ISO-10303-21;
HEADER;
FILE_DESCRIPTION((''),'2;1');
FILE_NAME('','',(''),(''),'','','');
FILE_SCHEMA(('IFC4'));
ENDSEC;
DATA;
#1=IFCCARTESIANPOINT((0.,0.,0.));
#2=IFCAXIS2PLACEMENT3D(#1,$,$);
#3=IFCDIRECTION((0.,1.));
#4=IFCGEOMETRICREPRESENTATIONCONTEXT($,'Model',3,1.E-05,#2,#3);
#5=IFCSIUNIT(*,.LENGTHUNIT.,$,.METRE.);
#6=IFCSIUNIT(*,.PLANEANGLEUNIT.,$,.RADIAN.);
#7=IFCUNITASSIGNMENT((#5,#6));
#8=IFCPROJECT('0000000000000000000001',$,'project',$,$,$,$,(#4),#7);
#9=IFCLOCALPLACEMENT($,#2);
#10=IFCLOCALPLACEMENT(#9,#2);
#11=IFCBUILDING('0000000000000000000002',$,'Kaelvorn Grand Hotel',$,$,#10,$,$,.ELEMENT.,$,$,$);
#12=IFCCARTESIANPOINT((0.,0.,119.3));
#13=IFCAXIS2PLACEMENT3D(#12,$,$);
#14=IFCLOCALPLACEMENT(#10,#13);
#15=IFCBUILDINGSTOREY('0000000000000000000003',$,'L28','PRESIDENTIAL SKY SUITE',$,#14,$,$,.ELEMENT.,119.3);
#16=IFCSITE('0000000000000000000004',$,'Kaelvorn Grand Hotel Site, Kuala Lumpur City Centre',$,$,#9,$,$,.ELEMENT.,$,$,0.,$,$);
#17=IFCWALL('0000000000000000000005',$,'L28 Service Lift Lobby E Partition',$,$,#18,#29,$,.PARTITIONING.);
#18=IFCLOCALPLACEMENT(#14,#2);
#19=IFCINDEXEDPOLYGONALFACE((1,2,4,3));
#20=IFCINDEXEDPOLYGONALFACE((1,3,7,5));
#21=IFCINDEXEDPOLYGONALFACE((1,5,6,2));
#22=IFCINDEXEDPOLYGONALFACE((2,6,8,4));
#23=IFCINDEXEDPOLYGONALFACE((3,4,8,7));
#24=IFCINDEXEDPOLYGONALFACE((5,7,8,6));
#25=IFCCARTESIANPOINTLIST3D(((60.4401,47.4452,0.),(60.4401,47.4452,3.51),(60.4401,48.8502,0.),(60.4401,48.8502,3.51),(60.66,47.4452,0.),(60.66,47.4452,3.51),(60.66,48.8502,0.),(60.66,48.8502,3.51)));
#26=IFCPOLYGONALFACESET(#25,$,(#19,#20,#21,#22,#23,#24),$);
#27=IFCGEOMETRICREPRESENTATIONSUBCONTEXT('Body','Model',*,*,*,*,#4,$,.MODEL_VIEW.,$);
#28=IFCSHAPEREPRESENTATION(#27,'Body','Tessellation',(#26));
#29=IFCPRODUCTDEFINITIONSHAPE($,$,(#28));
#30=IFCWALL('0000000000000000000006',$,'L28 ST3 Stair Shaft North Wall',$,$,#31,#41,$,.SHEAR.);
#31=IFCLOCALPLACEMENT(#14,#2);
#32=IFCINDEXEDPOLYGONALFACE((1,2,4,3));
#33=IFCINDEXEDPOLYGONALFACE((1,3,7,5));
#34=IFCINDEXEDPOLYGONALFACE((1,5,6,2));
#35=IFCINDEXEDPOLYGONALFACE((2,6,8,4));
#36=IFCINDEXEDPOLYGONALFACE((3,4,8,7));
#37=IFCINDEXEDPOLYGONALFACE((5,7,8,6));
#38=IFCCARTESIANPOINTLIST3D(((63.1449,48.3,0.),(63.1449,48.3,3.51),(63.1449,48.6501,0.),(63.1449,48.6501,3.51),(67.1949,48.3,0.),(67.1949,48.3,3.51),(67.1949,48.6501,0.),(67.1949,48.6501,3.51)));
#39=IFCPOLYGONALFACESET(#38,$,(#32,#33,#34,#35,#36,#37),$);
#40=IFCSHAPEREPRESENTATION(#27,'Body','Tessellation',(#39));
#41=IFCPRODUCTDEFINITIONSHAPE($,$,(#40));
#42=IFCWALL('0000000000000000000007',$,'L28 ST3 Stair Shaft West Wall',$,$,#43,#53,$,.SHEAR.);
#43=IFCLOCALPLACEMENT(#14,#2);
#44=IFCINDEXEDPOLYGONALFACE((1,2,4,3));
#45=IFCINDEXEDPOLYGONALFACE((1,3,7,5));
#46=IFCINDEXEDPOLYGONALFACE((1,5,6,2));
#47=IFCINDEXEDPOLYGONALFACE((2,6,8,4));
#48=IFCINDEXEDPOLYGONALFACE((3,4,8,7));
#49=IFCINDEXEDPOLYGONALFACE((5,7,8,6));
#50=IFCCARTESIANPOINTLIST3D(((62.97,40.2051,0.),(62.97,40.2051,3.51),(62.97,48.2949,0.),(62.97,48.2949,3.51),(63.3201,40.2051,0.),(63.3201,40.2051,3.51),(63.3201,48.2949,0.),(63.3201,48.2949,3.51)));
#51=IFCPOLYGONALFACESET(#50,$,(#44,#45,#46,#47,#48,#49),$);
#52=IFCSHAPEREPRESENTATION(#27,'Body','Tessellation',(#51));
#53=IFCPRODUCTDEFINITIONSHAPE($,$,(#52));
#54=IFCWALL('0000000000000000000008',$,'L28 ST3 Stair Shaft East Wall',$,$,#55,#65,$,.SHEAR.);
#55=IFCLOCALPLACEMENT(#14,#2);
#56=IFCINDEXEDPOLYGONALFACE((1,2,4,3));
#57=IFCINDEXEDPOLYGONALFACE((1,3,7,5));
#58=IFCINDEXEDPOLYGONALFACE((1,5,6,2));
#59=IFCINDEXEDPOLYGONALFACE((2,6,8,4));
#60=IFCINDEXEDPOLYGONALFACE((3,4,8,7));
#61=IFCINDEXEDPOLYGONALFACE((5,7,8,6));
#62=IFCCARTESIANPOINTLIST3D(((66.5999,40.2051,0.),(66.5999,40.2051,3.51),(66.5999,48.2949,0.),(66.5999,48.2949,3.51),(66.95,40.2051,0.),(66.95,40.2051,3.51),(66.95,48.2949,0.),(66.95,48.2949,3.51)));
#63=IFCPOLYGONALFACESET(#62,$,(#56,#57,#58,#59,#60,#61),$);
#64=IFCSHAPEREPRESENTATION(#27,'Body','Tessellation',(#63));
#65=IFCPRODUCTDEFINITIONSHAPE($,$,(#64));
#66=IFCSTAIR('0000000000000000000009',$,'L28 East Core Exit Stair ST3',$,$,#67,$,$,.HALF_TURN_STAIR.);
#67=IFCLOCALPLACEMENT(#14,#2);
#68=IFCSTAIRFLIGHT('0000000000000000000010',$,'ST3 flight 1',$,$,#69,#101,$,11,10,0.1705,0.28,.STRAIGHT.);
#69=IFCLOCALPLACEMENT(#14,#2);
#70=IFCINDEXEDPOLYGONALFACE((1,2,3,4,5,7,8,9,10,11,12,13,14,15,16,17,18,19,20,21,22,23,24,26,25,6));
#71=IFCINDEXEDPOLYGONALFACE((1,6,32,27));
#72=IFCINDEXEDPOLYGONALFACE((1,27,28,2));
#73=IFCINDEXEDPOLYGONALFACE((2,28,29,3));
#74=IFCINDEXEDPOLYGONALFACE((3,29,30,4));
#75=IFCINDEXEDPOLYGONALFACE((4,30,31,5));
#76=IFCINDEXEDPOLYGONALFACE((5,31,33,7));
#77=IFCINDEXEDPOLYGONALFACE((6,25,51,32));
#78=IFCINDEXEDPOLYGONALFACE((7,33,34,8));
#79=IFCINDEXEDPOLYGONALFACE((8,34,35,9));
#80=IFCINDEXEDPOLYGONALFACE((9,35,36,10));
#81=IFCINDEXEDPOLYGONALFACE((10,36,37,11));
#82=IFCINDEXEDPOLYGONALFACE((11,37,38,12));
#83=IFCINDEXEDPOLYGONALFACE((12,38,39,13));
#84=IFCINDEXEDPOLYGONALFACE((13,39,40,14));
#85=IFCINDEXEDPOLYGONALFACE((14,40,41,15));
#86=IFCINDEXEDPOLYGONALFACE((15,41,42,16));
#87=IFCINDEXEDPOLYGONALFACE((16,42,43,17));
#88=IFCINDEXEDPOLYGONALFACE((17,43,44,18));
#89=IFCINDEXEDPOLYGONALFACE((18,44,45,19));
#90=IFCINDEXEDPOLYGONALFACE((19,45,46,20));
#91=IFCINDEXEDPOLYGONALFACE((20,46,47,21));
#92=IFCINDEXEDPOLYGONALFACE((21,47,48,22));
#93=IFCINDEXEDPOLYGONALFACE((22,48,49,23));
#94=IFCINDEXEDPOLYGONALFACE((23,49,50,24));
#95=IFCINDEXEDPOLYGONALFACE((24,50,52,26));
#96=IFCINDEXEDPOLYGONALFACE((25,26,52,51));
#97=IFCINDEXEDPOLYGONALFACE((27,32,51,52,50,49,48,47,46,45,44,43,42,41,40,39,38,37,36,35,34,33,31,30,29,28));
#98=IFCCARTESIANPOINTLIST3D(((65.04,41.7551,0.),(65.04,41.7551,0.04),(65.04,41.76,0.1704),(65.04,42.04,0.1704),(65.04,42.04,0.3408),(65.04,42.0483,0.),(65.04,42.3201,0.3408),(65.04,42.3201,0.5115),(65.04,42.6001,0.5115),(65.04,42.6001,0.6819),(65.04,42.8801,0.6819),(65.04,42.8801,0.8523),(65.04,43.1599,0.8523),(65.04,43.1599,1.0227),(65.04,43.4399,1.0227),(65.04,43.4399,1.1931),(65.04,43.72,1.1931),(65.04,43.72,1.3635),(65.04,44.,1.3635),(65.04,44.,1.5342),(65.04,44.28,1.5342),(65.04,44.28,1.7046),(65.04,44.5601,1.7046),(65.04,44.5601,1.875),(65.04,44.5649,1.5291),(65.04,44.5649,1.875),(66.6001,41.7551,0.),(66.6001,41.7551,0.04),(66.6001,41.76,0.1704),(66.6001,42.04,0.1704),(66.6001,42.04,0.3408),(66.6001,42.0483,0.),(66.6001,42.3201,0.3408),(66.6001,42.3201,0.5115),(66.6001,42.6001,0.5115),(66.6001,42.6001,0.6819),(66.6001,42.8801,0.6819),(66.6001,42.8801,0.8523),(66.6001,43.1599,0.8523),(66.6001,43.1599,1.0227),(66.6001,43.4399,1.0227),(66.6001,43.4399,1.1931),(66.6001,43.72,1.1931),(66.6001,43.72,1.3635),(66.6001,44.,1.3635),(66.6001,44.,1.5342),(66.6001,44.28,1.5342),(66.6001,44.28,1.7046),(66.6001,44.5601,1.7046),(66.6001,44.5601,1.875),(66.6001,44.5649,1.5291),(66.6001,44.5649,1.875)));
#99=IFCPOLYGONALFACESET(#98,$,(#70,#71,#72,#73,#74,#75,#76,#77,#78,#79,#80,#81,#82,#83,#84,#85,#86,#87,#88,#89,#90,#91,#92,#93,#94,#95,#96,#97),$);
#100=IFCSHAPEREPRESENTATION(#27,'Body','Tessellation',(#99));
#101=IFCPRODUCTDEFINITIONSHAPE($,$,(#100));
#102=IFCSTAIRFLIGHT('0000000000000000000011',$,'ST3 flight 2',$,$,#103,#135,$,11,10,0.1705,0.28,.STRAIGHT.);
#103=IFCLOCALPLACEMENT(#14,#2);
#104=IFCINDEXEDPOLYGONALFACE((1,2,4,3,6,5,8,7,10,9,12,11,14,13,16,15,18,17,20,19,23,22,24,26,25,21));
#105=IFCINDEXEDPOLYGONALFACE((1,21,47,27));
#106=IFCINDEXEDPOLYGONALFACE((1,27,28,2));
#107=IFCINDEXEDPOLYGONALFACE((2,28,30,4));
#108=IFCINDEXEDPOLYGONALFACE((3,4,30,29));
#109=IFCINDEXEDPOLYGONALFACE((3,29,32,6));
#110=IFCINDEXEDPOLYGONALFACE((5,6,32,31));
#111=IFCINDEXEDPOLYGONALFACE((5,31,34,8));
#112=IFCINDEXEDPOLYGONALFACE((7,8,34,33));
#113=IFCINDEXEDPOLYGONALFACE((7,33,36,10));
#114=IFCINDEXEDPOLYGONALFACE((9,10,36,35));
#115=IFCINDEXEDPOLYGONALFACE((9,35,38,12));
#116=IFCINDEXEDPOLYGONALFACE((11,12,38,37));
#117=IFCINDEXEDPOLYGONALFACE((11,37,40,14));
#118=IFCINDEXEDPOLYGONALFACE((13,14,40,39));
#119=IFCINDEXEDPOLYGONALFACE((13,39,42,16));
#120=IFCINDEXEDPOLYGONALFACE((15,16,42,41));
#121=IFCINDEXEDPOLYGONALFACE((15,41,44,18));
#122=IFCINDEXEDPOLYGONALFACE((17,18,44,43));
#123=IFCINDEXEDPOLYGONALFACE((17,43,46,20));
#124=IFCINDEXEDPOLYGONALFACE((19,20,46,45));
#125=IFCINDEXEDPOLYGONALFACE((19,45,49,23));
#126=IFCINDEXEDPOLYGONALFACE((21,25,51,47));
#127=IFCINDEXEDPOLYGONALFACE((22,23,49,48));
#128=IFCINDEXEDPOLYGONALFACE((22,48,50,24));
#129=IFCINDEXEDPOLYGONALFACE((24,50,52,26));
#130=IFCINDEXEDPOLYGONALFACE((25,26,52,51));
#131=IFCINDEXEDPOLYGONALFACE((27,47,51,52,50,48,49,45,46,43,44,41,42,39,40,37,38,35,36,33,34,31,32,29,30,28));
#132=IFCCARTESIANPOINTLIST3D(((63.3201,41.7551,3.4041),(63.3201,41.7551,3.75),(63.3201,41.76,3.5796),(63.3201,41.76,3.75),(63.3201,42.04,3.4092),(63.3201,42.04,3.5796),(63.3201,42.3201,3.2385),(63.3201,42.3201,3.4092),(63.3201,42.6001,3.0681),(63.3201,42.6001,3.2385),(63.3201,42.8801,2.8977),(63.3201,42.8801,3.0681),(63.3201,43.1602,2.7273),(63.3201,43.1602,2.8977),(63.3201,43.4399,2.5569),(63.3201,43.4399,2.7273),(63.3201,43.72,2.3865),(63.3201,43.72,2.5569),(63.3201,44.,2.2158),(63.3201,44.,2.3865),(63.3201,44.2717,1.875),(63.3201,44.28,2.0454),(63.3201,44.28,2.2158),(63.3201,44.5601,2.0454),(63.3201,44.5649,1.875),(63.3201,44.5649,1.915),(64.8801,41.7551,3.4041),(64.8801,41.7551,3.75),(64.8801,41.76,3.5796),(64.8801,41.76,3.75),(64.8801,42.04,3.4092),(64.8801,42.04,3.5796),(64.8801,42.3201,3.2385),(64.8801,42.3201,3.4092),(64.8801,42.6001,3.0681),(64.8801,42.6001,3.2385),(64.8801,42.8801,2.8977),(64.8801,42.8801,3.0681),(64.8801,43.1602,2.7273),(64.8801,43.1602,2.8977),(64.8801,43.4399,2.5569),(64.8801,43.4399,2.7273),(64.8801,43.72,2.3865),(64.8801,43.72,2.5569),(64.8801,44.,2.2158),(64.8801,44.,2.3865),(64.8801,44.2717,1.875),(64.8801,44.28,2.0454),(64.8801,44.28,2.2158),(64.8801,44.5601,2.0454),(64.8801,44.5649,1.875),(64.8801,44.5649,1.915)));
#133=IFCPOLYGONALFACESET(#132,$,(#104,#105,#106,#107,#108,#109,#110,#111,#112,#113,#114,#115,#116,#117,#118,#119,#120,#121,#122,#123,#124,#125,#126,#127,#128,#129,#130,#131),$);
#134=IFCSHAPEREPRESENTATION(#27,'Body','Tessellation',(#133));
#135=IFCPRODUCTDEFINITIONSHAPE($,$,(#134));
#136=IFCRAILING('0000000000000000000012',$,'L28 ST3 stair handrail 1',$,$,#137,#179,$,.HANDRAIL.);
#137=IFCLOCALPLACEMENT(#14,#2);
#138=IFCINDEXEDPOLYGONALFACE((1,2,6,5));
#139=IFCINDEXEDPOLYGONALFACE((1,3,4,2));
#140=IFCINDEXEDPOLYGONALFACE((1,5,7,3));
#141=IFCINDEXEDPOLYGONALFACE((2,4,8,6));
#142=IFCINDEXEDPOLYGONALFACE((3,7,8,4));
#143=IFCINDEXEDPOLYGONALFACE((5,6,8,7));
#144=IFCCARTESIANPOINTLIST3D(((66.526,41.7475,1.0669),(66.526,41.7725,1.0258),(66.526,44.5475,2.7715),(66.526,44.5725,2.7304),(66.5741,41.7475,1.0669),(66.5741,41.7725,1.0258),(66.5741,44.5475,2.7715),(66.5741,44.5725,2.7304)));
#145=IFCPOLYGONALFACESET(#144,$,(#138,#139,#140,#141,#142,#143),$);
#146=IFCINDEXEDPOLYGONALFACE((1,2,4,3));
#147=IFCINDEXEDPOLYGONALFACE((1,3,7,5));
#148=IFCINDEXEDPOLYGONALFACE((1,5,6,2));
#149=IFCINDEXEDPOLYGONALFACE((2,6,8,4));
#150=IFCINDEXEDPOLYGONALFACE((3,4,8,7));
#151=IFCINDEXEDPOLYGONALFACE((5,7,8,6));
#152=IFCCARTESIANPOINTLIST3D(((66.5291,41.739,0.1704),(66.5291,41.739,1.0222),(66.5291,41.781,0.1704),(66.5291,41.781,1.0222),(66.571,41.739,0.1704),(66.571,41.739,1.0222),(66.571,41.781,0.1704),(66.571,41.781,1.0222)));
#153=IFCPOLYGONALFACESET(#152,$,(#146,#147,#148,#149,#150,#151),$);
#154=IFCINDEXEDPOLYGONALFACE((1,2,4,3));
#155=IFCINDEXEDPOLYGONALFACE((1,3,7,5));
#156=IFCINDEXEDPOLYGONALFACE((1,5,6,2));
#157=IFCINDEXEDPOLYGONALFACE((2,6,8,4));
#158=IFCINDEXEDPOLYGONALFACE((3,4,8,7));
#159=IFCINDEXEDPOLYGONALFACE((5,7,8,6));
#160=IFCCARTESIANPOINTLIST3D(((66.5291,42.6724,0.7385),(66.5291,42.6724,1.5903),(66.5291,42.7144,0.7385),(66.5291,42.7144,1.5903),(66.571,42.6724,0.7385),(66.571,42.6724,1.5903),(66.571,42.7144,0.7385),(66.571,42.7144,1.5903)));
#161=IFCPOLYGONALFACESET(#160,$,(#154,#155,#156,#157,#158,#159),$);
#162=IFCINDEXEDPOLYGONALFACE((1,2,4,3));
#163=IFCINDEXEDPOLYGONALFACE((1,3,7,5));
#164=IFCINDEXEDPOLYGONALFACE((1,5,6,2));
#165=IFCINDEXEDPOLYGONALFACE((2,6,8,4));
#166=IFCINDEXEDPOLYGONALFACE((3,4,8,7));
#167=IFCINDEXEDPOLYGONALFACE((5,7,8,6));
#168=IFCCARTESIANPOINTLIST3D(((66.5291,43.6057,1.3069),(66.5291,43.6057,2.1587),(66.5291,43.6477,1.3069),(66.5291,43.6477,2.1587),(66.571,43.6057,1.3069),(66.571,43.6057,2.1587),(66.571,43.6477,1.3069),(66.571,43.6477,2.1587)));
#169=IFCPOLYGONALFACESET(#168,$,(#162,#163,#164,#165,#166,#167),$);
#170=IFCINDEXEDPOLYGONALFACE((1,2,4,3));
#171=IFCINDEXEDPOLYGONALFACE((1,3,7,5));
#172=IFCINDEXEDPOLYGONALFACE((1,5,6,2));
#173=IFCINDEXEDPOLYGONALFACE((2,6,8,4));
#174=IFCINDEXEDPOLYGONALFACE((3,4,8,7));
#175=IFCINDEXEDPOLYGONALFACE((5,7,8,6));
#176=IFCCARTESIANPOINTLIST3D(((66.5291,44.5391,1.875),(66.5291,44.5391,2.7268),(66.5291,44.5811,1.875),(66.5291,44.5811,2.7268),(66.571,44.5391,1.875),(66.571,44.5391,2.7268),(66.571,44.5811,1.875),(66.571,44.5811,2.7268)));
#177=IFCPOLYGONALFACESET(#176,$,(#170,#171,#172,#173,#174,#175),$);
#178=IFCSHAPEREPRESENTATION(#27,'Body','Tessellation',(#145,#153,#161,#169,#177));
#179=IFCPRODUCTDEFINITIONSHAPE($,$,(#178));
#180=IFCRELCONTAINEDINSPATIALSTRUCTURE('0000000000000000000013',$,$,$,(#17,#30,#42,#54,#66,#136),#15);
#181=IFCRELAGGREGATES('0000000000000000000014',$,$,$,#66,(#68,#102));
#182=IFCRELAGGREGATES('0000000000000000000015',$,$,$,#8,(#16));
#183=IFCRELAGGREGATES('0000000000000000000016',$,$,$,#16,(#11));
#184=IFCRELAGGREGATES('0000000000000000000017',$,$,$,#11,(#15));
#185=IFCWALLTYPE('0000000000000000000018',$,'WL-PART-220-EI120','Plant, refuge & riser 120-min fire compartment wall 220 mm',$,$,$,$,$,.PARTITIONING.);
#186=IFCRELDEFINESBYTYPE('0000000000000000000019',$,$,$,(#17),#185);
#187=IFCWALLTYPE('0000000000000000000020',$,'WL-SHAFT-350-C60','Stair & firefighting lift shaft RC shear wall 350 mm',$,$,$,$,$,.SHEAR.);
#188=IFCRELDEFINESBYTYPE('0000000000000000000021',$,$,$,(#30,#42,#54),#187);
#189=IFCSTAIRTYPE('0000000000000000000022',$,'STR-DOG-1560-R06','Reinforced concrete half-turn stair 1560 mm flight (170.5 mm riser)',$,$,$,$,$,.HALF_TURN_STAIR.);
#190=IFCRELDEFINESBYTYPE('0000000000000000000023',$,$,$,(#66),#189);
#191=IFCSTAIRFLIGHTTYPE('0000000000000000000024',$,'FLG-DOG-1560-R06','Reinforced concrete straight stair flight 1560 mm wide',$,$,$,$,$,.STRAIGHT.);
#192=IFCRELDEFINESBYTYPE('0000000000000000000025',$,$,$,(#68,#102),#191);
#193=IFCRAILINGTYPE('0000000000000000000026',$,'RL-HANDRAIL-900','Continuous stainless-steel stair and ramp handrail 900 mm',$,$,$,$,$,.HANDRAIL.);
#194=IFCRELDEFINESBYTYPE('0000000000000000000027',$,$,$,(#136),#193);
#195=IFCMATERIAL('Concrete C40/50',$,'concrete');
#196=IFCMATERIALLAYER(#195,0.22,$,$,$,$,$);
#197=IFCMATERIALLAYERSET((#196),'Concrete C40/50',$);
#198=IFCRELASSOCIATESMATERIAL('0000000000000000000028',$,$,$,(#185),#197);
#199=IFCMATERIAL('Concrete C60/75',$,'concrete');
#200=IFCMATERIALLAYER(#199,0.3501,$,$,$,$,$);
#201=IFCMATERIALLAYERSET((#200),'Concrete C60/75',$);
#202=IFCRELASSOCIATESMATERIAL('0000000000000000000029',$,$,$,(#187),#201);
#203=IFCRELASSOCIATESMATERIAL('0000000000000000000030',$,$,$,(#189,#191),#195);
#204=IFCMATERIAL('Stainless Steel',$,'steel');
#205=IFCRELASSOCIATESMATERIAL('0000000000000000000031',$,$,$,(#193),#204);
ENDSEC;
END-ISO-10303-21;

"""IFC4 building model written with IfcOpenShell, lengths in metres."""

from ifc_helpers import new_model, si_unit, direction, frame, frame_2d, origin, origin_2d, place, context, subcontext, project, spatial, polyline, rectangle, outline, extrude, material, layer, layer_set, type_object, element, aggregate, save


model = new_model("IFC4")

# Units and contexts
model_context = context("Model", 3, precision=1e-05, world=origin(), true_north=direction((0.0, 1.0)))
body_context = subcontext(model_context, "Body", "Model", "MODEL_VIEW")
ifc_project = project(units=[si_unit("LENGTHUNIT", "METRE"), si_unit("PLANEANGLEUNIT", "RADIAN")], contexts=[model_context])

# Site, building, storey
site_placement = place(None, origin())
site = spatial("IfcSite", under=ifc_project, at=site_placement, Name="Kaelvorn Grand Hotel Site, Kuala Lumpur City Centre", CompositionType="ELEMENT", RefElevation=0.0)
building_placement = place(site_placement, origin())
building = spatial("IfcBuilding", under=site, at=building_placement, Name="Kaelvorn Grand Hotel", CompositionType="ELEMENT")
storey_placement = place(building_placement, frame((0.0, 0.0, 119.3)))
storey = spatial("IfcBuildingStorey", under=building, at=storey_placement, Name="L28", Description="PRESIDENTIAL SKY SUITE", CompositionType="ELEMENT", Elevation=119.3)

# Shared definitions
ifc_material_1 = material(Name="Concrete C60/75", Category="concrete")

# Wall
ifc_material_2 = material(Name="Concrete C40/50", Category="concrete")
ifc_layer_1 = layer(ifc_material_2, 0.22)
ifc_layer_set_1 = layer_set([ifc_layer_1], Name="Concrete C40/50")
wall_type_1 = type_object("IfcWallType", Name="WL-PART-220-EI120", Description="Plant, refuge & riser 120-min fire compartment wall 220 mm", PredefinedType="PARTITIONING", material=ifc_layer_set_1)
wall_1_placement = place(storey_placement, frame((60.55, 47.4451, 0.0), z_axis=(0.0, 0.0, 1.0), x_axis=(0.0, 1.0, 0.0)))
element("IfcWall", 1, at=wall_1_placement, inside=storey, type_object=wall_type_1, Name="L28 Service Lift Lobby E Partition", PredefinedType="PARTITIONING", context=body_context, shape_type="SweptSolid", body=[
    extrude(rectangle(XDim=1.405, YDim=0.22, at=frame_2d((0.7026, 0.0))), origin(), (0.0, 0.0, 1.0), 3.51),
])

# Shared definitions
ifc_layer_2 = layer(ifc_material_1, 0.3501)
ifc_layer_set_2 = layer_set([ifc_layer_2], Name="Concrete C60/75")
wall_type_2 = type_object("IfcWallType", Name="WL-SHAFT-350-C60", Description="Stair & firefighting lift shaft RC shear wall 350 mm", PredefinedType="SHEAR", material=ifc_layer_set_2)

# Walls
wall_2_placement = place(storey_placement, frame((63.145, 48.4751, 0.0), z_axis=(0.0, 0.0, 1.0), x_axis=(1.0, 0.0, 0.0)))
element("IfcWall", 2, at=wall_2_placement, inside=storey, type_object=wall_type_2, Name="L28 ST3 Stair Shaft North Wall", PredefinedType="SHEAR", context=body_context, shape_type="SweptSolid", body=[
    extrude(rectangle(XDim=4.05, YDim=0.3501, at=frame_2d((2.0249, 0.0))), origin(), (0.0, 0.0, 1.0), 3.51),
])
for number, where, z_axis, x_axis, name in (
    (3, (63.145, 40.2051, 0.0), (0.0, 0.0, 1.0), (0.0, 1.0, 0.0), "L28 ST3 Stair Shaft West Wall"),
    (4, (66.7749, 40.2051, 0.0), (0.0, 0.0, 1.0), (0.0, 1.0, 0.0), "L28 ST3 Stair Shaft East Wall"),
):
    element("IfcWall", number, at=place(storey_placement, frame(where, z_axis=z_axis, x_axis=x_axis)), inside=storey, type_object=wall_type_2, Name=name, PredefinedType="SHEAR", context=body_context, shape_type="SweptSolid", body=[
        extrude(rectangle(XDim=8.0898, YDim=0.3501, at=frame_2d((4.0449, 0.0))), origin(), (0.0, 0.0, 1.0), 3.51),
    ])

# Stair, stair flights
stair_type = type_object("IfcStairType", Name="STR-DOG-1560-R06", Description="Reinforced concrete half-turn stair 1560 mm flight (170.5 mm riser)", PredefinedType="HALF_TURN_STAIR", material=ifc_material_2)
stair_placement = place(storey_placement, origin())
stair = element("IfcStair", 5, at=stair_placement, inside=storey, type_object=stair_type, Name="L28 East Core Exit Stair ST3", PredefinedType="HALF_TURN_STAIR")
stair_flight_type = type_object("IfcStairFlightType", Name="FLG-DOG-1560-R06", Description="Reinforced concrete straight stair flight 1560 mm wide", PredefinedType="STRAIGHT", material=ifc_material_2)
stair_flight_1_placement = place(storey_placement, frame((65.8201, 41.76, 0.0), z_axis=(0.0, 0.0, 1.0), x_axis=(0.0, 1.0, 0.0)))
stair_flight_1 = element("IfcStairFlight", 6, at=stair_flight_1_placement, type_object=stair_flight_type, Name="ST3 flight 1", NumberOfRisers=11, NumberOfTreads=10, PredefinedType="STRAIGHT", RiserHeight=0.1705, TreadLength=0.28, context=body_context, shape_type="SweptSolid", body=[
    extrude(outline(polyline([(-0.0049, 0.0), (-0.0049, 0.04), (0.0, 0.1704), (0.28, 0.1704), (0.28, 0.3408), (0.5601, 0.3408), (0.5601, 0.5115), (0.8401, 0.5115), (0.8401, 0.6819), (1.1201, 0.6819), (1.1201, 0.8523), (1.3999, 0.8523), (1.3999, 1.0227), (1.6799, 1.0227), (1.6799, 1.1931), (1.96, 1.1931), (1.96, 1.3635), (2.24, 1.3635), (2.24, 1.5342), (2.52, 1.5342), (2.52, 1.7046), (2.8, 1.7046), (2.8, 1.875), (2.8049, 1.875), (2.8049, 1.5291), (0.2883, 0.0), (-0.0049, 0.0)])), frame((0.0, 0.78, 0.0), z_axis=(0.0, -1.0, 0.0), x_axis=(1.0, 0.0, 0.0)), (0.0, 0.0, 1.0), 1.5601),
])
stair_flight_2_placement = place(storey_placement, frame((64.1001, 44.5601, 1.875), z_axis=(0.0, 0.0, 1.0), x_axis=(0.0, -1.0, 0.0)))
stair_flight_2 = element("IfcStairFlight", 7, at=stair_flight_2_placement, type_object=stair_flight_type, Name="ST3 flight 2", NumberOfRisers=11, NumberOfTreads=10, PredefinedType="STRAIGHT", RiserHeight=0.1705, TreadLength=0.28, context=body_context, shape_type="SweptSolid", body=[
    extrude(outline(polyline([(-0.0049, 0.0), (-0.0049, 0.04), (0.0, 0.1704), (0.28, 0.1704), (0.28, 0.3408), (0.5601, 0.3408), (0.5601, 0.5115), (0.8401, 0.5115), (0.8401, 0.6819), (1.1201, 0.6819), (1.1201, 0.8523), (1.3999, 0.8523), (1.3999, 1.0227), (1.6799, 1.0227), (1.6799, 1.1931), (1.96, 1.1931), (1.96, 1.3635), (2.24, 1.3635), (2.24, 1.5342), (2.52, 1.5342), (2.52, 1.7046), (2.8, 1.7046), (2.8, 1.875), (2.8049, 1.875), (2.8049, 1.5291), (0.2883, 0.0), (-0.0049, 0.0)])), frame((0.0, 0.78, 0.0), z_axis=(0.0, -1.0, 0.0), x_axis=(1.0, 0.0, 0.0)), (0.0, 0.0, 1.0), 1.5601),
])
aggregate(stair, [stair_flight_1, stair_flight_2])

# Railing
ifc_material_3 = material(Name="Stainless Steel", Category="steel")
railing_type_1 = type_object("IfcRailingType", Name="RL-HANDRAIL-900", Description="Continuous stainless-steel stair and ramp handrail 900 mm", PredefinedType="HANDRAIL", material=ifc_material_3)
railing_1_placement = place(storey_placement, frame((66.55, 41.76, 0.1704)))
element("IfcRailing", 8, at=railing_1_placement, inside=storey, type_object=railing_type_1, Name="L28 ST3 stair handrail 1", PredefinedType="HANDRAIL", context=body_context, shape_type="SweptSolid", body=[
    extrude(rectangle(XDim=0.0481, YDim=0.0481, at=origin_2d()), frame((0.0, 0.0, 0.876), z_axis=(0.0, 0.85417, 0.519994), x_axis=(-1.0, 0.0, 0.0)), (0.0, 0.0, 1.0), 3.2781),
    extrude(rectangle(XDim=0.042, YDim=0.042, at=origin_2d()), origin(), (0.0, 0.0, 1.0), 0.8518),
    extrude(rectangle(XDim=0.042, YDim=0.042, at=origin_2d()), frame((0.0, 0.9333, 0.5681)), (0.0, 0.0, 1.0), 0.8518),
    extrude(rectangle(XDim=0.042, YDim=0.042, at=origin_2d()), frame((0.0, 1.8667, 1.1365)), (0.0, 0.0, 1.0), 0.8518),
    extrude(rectangle(XDim=0.042, YDim=0.042, at=origin_2d()), frame((0.0, 2.8, 1.7046)), (0.0, 0.0, 1.0), 0.8518),
])

save(model, "model.ifc")
